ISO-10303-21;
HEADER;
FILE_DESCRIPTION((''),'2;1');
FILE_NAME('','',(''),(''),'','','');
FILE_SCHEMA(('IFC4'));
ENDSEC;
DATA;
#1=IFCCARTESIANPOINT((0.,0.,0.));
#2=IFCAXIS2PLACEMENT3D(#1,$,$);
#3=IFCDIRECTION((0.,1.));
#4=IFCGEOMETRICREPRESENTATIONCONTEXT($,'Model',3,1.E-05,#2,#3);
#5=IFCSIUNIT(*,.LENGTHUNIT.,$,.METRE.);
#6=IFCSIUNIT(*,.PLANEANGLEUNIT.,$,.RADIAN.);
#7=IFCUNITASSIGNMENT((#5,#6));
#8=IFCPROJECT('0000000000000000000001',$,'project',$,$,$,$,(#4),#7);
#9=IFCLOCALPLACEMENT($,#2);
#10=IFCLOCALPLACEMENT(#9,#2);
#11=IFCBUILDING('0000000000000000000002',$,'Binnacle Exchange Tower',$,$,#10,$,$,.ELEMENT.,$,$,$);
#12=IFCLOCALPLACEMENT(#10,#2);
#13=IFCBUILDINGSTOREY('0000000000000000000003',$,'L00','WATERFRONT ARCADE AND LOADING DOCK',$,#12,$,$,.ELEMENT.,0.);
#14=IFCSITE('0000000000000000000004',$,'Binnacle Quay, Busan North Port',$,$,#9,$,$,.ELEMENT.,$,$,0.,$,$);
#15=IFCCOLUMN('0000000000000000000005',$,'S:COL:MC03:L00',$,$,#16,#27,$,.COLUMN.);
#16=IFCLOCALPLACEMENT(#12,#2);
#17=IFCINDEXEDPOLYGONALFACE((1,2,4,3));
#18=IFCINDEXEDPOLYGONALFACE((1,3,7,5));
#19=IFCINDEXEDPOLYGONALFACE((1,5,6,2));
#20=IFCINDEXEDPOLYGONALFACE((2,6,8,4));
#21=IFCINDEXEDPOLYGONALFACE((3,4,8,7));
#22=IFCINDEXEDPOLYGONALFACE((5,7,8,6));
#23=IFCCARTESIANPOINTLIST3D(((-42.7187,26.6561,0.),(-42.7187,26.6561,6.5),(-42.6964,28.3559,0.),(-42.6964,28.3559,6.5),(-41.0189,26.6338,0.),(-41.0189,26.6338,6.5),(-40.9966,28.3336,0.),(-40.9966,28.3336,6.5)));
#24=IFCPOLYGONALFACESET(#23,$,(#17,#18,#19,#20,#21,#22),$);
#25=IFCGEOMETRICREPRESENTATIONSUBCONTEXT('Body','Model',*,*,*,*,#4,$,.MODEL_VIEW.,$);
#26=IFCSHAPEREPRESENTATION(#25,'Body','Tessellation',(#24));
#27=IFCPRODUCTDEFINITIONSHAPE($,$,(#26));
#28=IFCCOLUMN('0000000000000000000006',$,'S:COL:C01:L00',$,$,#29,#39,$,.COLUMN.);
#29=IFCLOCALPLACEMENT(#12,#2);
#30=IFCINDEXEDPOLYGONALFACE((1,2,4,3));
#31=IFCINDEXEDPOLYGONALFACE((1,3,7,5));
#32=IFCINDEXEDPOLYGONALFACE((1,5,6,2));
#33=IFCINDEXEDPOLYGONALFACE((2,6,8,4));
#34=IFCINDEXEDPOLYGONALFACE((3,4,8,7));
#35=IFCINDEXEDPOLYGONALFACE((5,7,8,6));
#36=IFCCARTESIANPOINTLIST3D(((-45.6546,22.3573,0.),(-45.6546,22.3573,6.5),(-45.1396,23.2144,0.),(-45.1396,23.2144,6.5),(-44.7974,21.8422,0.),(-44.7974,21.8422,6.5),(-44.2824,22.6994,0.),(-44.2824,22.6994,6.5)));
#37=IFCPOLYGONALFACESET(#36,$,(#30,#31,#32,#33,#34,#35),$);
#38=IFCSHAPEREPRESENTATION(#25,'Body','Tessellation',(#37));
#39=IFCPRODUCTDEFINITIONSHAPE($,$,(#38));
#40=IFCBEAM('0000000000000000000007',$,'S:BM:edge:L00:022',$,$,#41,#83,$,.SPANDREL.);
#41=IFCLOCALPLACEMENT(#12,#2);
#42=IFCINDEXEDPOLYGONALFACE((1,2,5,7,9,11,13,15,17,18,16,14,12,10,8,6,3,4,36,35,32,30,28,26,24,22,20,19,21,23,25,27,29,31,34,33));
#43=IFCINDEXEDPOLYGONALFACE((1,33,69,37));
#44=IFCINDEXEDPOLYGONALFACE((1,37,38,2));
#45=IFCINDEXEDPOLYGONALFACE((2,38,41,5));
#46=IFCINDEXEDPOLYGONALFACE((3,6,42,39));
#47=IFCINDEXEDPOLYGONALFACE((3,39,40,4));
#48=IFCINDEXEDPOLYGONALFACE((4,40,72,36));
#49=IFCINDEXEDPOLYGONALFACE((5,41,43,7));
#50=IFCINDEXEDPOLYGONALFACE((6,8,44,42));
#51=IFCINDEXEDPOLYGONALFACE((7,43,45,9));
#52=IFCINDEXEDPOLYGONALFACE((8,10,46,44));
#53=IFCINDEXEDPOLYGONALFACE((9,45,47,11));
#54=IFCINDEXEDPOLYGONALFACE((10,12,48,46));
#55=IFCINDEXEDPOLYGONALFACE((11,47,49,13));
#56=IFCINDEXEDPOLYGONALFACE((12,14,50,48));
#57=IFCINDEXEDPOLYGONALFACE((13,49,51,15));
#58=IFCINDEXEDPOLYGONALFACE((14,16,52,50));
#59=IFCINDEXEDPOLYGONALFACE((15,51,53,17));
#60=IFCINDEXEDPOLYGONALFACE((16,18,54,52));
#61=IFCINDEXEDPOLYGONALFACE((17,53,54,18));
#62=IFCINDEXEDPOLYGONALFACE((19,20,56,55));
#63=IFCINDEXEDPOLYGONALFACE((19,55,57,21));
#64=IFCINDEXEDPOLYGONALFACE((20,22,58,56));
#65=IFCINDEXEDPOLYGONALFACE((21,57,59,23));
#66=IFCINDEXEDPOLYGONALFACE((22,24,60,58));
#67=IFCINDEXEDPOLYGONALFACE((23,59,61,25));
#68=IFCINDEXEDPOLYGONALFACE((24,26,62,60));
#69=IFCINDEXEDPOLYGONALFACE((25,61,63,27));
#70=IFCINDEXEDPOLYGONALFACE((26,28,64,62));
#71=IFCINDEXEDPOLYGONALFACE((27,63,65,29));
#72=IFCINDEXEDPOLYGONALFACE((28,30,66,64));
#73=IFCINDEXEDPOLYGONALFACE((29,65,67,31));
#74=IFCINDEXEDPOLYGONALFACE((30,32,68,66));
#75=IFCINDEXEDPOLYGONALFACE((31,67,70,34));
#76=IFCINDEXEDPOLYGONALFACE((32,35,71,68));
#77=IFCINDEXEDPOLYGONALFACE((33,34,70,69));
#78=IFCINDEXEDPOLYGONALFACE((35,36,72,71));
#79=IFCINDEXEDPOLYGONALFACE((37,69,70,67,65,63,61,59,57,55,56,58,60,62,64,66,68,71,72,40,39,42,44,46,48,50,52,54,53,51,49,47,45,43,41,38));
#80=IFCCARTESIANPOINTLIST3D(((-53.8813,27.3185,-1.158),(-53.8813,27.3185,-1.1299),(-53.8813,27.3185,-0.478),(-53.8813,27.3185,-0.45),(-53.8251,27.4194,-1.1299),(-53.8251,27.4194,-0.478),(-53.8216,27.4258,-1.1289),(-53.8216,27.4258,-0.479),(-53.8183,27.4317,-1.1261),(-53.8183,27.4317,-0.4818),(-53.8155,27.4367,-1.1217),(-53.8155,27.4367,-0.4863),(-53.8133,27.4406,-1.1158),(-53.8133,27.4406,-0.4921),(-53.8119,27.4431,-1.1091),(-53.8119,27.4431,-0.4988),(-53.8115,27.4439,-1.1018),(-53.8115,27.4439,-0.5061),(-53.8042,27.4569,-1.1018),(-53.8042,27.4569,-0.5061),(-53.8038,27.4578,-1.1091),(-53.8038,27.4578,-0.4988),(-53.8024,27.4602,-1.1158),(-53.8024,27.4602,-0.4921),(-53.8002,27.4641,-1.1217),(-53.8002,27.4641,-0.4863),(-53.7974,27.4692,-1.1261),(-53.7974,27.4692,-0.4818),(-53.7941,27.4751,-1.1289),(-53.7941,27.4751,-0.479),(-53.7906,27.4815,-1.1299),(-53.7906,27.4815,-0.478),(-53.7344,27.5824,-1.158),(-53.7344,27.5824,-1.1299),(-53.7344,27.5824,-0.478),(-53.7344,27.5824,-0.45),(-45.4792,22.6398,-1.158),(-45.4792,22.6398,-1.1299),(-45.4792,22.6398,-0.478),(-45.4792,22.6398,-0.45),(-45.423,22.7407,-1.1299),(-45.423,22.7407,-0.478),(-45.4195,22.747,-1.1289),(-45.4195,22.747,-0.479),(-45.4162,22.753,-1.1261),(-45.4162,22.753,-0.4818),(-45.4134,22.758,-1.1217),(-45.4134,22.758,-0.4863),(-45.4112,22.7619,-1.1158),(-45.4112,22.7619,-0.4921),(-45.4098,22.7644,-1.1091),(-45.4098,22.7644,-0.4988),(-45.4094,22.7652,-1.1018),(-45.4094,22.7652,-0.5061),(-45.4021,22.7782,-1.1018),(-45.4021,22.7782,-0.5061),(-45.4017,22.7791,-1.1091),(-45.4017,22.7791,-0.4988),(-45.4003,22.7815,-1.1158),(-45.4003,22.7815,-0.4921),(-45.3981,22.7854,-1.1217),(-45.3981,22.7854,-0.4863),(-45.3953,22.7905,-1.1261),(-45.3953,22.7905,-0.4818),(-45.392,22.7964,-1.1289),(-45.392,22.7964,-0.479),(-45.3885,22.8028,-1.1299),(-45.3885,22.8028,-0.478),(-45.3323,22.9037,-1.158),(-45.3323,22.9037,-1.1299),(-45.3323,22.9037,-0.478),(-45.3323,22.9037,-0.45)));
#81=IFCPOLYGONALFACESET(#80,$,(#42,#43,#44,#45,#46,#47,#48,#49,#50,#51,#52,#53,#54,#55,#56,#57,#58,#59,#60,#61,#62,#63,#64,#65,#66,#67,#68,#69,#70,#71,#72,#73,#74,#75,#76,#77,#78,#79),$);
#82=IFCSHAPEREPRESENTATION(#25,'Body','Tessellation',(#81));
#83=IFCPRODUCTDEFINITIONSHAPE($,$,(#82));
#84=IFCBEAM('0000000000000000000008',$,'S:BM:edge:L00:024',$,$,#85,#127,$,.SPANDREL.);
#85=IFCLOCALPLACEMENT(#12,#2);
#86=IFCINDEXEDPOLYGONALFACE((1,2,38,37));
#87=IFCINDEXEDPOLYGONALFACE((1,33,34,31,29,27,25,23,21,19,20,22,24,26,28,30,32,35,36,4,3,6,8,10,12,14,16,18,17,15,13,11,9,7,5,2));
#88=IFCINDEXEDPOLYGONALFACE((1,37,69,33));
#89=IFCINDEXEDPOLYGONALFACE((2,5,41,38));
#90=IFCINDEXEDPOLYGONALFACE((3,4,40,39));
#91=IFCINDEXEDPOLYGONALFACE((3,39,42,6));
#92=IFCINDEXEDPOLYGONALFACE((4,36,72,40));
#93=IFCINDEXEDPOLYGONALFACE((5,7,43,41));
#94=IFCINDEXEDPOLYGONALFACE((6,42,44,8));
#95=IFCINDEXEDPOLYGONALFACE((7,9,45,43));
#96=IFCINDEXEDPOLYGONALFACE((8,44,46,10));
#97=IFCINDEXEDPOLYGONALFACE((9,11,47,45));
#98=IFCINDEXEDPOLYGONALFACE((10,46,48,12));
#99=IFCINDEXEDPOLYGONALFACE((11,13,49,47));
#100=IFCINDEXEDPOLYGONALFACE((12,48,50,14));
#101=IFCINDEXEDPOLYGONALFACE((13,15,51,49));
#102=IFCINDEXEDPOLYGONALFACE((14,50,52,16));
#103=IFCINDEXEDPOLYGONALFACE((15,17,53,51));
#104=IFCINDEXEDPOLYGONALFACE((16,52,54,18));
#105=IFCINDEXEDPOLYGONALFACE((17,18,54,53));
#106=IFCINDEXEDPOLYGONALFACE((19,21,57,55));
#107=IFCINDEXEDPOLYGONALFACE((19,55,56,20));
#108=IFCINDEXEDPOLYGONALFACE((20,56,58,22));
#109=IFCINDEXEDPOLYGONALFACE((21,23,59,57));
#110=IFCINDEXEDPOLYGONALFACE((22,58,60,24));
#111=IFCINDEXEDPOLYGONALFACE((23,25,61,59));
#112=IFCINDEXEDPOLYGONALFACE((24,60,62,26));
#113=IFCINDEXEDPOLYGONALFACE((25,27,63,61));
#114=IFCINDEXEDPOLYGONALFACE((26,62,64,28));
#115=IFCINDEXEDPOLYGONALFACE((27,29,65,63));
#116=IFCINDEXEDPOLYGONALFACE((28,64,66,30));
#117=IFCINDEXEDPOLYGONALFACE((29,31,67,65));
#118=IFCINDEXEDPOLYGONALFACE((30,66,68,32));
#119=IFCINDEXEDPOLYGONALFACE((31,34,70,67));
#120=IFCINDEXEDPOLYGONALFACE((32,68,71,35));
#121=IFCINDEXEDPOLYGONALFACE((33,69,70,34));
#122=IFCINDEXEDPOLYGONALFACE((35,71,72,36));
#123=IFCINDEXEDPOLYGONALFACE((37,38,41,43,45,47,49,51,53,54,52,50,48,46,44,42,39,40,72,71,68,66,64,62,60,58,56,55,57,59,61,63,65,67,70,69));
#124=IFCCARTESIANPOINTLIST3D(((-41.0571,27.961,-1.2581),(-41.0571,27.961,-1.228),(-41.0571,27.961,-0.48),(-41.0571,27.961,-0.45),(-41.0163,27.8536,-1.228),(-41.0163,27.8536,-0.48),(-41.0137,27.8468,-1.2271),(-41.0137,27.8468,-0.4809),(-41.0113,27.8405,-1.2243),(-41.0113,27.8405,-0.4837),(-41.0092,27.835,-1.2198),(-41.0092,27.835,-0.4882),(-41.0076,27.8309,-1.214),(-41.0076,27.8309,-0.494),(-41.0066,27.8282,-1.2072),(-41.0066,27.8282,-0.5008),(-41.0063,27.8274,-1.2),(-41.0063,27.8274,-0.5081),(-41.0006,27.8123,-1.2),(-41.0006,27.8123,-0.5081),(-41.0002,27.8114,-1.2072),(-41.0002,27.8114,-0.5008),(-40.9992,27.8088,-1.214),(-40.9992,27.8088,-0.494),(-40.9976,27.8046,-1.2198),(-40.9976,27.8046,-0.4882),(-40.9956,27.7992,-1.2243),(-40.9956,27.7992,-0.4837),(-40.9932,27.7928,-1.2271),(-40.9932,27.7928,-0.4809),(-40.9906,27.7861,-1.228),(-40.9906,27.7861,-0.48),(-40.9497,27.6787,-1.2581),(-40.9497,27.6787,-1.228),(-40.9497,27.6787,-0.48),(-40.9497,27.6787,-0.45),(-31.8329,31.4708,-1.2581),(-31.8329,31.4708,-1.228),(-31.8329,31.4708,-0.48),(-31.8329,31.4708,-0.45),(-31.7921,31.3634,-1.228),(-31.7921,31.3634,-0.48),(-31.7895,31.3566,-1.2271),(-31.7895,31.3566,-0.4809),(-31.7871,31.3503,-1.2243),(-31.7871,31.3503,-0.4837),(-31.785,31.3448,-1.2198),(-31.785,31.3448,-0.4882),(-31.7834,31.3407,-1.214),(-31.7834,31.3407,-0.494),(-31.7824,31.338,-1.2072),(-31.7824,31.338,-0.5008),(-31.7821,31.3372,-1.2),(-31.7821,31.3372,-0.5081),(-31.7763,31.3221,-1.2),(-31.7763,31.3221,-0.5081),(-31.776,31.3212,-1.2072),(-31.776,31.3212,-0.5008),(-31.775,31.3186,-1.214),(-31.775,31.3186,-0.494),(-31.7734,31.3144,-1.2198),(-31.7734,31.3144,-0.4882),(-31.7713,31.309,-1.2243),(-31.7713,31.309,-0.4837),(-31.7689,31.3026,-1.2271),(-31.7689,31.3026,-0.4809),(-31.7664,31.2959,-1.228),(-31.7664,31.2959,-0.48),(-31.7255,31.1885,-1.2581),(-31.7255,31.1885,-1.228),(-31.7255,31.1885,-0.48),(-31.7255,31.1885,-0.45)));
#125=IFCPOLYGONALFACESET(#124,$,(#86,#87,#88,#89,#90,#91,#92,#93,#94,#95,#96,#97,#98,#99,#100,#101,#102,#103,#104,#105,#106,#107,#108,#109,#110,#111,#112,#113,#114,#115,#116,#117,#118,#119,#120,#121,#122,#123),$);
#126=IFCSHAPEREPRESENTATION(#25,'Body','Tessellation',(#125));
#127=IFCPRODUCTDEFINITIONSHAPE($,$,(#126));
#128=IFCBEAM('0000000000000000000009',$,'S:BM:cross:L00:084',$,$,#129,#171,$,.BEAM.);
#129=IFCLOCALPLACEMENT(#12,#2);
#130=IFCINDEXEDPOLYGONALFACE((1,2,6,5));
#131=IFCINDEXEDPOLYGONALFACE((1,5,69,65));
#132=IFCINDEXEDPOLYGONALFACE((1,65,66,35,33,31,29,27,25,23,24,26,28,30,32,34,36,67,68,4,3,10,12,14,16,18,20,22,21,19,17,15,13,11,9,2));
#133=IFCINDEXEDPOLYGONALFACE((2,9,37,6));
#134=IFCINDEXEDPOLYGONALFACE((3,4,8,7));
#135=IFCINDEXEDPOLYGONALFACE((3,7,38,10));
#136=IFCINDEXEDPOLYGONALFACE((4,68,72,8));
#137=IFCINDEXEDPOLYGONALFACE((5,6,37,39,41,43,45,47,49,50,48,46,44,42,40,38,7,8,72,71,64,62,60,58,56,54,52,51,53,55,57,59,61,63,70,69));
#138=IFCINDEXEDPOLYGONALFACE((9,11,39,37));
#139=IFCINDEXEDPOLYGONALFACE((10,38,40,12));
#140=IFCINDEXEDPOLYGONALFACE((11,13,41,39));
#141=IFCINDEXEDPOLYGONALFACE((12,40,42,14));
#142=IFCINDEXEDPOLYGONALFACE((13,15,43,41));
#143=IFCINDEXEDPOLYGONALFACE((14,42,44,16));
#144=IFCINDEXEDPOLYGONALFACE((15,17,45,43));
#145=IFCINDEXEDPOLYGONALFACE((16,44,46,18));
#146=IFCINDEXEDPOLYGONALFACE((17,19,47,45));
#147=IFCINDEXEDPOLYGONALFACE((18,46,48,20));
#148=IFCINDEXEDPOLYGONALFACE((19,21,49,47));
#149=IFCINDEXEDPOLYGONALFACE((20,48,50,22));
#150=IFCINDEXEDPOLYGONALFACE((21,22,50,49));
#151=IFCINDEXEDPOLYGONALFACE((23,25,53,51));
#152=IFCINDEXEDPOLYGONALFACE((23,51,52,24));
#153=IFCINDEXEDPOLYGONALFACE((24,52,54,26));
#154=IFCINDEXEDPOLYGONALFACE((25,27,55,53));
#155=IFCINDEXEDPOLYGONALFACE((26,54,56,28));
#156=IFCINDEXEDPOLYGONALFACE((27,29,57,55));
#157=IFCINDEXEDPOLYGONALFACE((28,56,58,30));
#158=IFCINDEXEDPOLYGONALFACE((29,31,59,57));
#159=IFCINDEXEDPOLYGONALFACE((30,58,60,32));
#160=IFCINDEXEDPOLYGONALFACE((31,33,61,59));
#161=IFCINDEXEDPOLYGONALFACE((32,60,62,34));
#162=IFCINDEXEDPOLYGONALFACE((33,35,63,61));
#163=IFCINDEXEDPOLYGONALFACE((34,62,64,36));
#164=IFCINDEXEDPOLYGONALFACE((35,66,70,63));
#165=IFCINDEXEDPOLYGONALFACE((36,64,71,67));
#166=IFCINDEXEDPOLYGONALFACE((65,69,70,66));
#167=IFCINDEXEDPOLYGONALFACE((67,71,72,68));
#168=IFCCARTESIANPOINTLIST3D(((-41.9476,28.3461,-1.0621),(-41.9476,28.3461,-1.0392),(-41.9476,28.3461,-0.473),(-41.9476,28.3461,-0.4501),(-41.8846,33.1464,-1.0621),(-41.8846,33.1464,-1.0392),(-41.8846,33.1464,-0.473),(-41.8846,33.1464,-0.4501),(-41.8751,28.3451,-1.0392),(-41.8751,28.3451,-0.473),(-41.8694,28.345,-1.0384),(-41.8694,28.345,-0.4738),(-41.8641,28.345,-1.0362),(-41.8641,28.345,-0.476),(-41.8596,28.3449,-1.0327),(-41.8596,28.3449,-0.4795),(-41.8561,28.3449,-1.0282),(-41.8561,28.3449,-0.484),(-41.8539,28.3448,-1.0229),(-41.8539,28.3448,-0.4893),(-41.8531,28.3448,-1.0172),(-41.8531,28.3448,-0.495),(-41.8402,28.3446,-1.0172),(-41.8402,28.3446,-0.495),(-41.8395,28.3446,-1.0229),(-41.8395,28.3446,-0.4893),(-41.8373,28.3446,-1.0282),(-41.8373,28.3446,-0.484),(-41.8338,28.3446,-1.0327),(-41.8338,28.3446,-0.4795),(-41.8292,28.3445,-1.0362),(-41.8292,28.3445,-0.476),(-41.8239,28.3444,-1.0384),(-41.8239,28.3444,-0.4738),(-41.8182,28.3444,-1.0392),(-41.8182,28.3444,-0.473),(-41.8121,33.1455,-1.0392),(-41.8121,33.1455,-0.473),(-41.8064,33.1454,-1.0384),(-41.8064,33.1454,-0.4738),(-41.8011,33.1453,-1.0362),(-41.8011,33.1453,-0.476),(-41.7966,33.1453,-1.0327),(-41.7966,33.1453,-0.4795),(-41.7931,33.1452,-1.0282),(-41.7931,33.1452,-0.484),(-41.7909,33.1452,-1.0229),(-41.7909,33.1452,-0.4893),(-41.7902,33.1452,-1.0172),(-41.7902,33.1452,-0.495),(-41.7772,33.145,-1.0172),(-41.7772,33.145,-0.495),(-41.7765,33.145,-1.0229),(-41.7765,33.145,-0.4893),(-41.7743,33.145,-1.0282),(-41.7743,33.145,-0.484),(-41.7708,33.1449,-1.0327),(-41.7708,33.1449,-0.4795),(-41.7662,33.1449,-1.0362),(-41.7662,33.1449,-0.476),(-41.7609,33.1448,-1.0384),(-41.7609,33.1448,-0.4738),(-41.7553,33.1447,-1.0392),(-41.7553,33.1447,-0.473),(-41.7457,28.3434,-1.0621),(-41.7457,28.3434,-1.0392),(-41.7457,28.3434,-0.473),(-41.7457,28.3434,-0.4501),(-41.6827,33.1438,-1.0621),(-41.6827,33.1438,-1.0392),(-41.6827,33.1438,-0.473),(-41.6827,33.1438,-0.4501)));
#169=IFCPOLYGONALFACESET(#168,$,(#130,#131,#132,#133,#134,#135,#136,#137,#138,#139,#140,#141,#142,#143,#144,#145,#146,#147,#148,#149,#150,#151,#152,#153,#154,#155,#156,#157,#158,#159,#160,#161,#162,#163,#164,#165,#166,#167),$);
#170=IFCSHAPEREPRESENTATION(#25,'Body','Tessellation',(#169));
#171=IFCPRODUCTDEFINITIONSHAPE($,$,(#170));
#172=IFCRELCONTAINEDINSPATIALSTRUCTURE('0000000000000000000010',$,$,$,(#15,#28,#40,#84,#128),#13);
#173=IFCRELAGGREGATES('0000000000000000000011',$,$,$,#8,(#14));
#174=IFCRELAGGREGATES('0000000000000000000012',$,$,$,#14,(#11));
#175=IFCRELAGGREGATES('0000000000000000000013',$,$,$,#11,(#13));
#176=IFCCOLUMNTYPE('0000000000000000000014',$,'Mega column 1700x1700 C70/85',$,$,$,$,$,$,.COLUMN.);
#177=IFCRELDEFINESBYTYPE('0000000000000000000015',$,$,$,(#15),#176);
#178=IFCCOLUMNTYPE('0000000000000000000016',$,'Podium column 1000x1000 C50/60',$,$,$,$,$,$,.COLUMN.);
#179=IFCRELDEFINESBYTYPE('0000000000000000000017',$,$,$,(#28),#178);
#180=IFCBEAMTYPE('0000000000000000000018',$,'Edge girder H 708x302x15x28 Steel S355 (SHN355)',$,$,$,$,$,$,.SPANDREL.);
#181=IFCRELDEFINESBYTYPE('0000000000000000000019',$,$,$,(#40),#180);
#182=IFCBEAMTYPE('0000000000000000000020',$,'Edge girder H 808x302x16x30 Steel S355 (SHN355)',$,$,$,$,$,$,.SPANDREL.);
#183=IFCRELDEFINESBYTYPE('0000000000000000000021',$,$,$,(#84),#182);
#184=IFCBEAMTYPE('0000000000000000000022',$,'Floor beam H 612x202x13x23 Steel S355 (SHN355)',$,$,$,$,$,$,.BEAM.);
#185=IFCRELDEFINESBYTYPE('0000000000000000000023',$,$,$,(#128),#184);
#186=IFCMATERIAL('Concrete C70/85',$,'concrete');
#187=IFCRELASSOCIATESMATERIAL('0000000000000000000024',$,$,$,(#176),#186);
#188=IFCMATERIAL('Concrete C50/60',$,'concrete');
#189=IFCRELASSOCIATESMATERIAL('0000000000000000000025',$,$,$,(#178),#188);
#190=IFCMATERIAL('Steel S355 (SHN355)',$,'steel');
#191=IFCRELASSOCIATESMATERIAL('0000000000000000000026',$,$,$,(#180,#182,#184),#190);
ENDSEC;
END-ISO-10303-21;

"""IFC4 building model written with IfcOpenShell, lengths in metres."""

from ifc_helpers import new_model, si_unit, direction, frame, origin, origin_2d, place, context, subcontext, project, spatial, rectangle, i_section, extrude, material, material_profile, profile_set, type_object, element, save


model = new_model("IFC4")

# Units and contexts
model_context = context("Model", 3, precision=1e-05, world=origin(), true_north=direction((0.0, 1.0)))
body_context = subcontext(model_context, "Body", "Model", "MODEL_VIEW")
ifc_project = project(units=[si_unit("LENGTHUNIT", "METRE"), si_unit("PLANEANGLEUNIT", "RADIAN")], contexts=[model_context])

# Site, building, storey
site_placement = place(None, origin())
site = spatial("IfcSite", under=ifc_project, at=site_placement, Name="Binnacle Quay, Busan North Port", CompositionType="ELEMENT", RefElevation=0.0)
building_placement = place(site_placement, origin())
building = spatial("IfcBuilding", under=site, at=building_placement, Name="Binnacle Exchange Tower", CompositionType="ELEMENT")
storey_placement = place(building_placement, origin())
storey = spatial("IfcBuildingStorey", under=building, at=storey_placement, Name="L00", Description="WATERFRONT ARCADE AND LOADING DOCK", CompositionType="ELEMENT", Elevation=0.0)

# Columns
ifc_material_1 = material(Name="Concrete C70/85", Category="concrete")
ifc_material_profile_1 = material_profile(ifc_material_1, rectangle(XDim=1.7, YDim=1.7, at=origin_2d()), Name="Mega column 1700x1700 C70/85")
ifc_profile_set_1 = profile_set([ifc_material_profile_1], Name="Concrete C70/85")
column_type_1 = type_object("IfcColumnType", Name="Mega column 1700x1700 C70/85", PredefinedType="COLUMN", material=ifc_profile_set_1)
column_1_placement = place(storey_placement, frame((-41.8577, 27.4949, 0.0), z_axis=(0.0, 0.0, 1.0), x_axis=(0.999914, -0.01309, 0.0)))
element("IfcColumn", 1, at=column_1_placement, inside=storey, type_object=column_type_1, Name="S:COL:MC03:L00", PredefinedType="COLUMN", context=body_context, shape_type="SweptSolid", body=[
    extrude(rectangle(XDim=1.7, YDim=1.7, at=origin_2d()), origin(), (0.0, 0.0, 1.0), 6.5),
])
ifc_material_2 = material(Name="Concrete C50/60", Category="concrete")
ifc_material_profile_2 = material_profile(ifc_material_2, rectangle(XDim=1.0, YDim=1.0, at=origin_2d()), Name="Podium column 1000x1000 C50/60")
ifc_profile_set_2 = profile_set([ifc_material_profile_2], Name="Concrete C50/60")
column_type_2 = type_object("IfcColumnType", Name="Podium column 1000x1000 C50/60", PredefinedType="COLUMN", material=ifc_profile_set_2)
column_2_placement = place(storey_placement, frame((-44.9685, 22.5283, 0.0), z_axis=(0.0, 0.0, 1.0), x_axis=(0.857167, -0.515038, 0.0)))
element("IfcColumn", 2, at=column_2_placement, inside=storey, type_object=column_type_2, Name="S:COL:C01:L00", PredefinedType="COLUMN", context=body_context, shape_type="SweptSolid", body=[
    extrude(rectangle(XDim=1.0, YDim=1.0, at=origin_2d()), origin(), (0.0, 0.0, 1.0), 6.5),
])

# Beams
ifc_material_3 = material(Name="Steel S355 (SHN355)", Category="steel")
ifc_material_profile_3 = material_profile(ifc_material_3, i_section(OverallWidth=0.302, OverallDepth=0.708, WebThickness=0.0149, FlangeThickness=0.0281, FilletRadius=0.0281, at=origin_2d()), Name="H 708x302x15x28")
ifc_profile_set_3 = profile_set([ifc_material_profile_3], Name="Steel S355 (SHN355)")
beam_type_1 = type_object("IfcBeamType", Name="Edge girder H 708x302x15x28 Steel S355 (SHN355)", PredefinedType="SPANDREL", material=ifc_profile_set_3)
beam_1_placement = place(storey_placement, frame((-45.4058, 22.7717, -0.804), z_axis=(-0.873677, 0.486507, 0.0), x_axis=(-0.486507, -0.873677, 0.0)))
element("IfcBeam", 3, at=beam_1_placement, inside=storey, type_object=beam_type_1, Name="S:BM:edge:L00:022", PredefinedType="SPANDREL", context=body_context, shape_type="SweptSolid", body=[
    extrude(i_section(OverallWidth=0.302, OverallDepth=0.708, WebThickness=0.0149, FlangeThickness=0.0281, FilletRadius=0.0281, at=origin_2d()), origin(), (0.0, 0.0, 1.0), 9.6169),
])
ifc_material_profile_4 = material_profile(ifc_material_3, i_section(OverallWidth=0.302, OverallDepth=0.8081, WebThickness=0.0161, FlangeThickness=0.03, FilletRadius=0.0281, at=origin_2d()), Name="H 808x302x16x30")
ifc_profile_set_4 = profile_set([ifc_material_profile_4], Name="Steel S355 (SHN355)")
beam_type_2 = type_object("IfcBeamType", Name="Edge girder H 808x302x16x30 Steel S355 (SHN355)", PredefinedType="SPANDREL", material=ifc_profile_set_4)
beam_2_placement = place(storey_placement, frame((-41.0034, 27.8198, -0.854), z_axis=(0.934629, 0.355625, 0.0), x_axis=(-0.355625, 0.934629, 0.0)))
element("IfcBeam", 4, at=beam_2_placement, inside=storey, type_object=beam_type_2, Name="S:BM:edge:L00:024", PredefinedType="SPANDREL", context=body_context, shape_type="SweptSolid", body=[
    extrude(i_section(OverallWidth=0.302, OverallDepth=0.8081, WebThickness=0.0161, FlangeThickness=0.03, FilletRadius=0.0281, at=origin_2d()), origin(), (0.0, 0.0, 1.0), 9.8694),
])
ifc_material_profile_5 = material_profile(ifc_material_3, i_section(OverallWidth=0.2019, OverallDepth=0.6121, WebThickness=0.0129, FlangeThickness=0.0229, FilletRadius=0.022, at=origin_2d()), Name="H 612x202x13x23")
ifc_profile_set_5 = profile_set([ifc_material_profile_5], Name="Steel S355 (SHN355)")
beam_type_3 = type_object("IfcBeamType", Name="Floor beam H 612x202x13x23 Steel S355 (SHN355)", PredefinedType="BEAM", material=ifc_profile_set_5)
beam_3_placement = place(storey_placement, frame((-41.8467, 28.3447, -0.7561), z_axis=(0.013121, 0.999914, 0.0), x_axis=(-0.999914, 0.013121, 0.0)))
element("IfcBeam", 5, at=beam_3_placement, inside=storey, type_object=beam_type_3, Name="S:BM:cross:L00:084", PredefinedType="BEAM", context=body_context, shape_type="SweptSolid", body=[
    extrude(i_section(OverallWidth=0.2019, OverallDepth=0.6121, WebThickness=0.0129, FlangeThickness=0.0229, FilletRadius=0.022, at=origin_2d()), origin(), (0.0, 0.0, 1.0), 4.8008),
])

save(model, "model.ifc")
